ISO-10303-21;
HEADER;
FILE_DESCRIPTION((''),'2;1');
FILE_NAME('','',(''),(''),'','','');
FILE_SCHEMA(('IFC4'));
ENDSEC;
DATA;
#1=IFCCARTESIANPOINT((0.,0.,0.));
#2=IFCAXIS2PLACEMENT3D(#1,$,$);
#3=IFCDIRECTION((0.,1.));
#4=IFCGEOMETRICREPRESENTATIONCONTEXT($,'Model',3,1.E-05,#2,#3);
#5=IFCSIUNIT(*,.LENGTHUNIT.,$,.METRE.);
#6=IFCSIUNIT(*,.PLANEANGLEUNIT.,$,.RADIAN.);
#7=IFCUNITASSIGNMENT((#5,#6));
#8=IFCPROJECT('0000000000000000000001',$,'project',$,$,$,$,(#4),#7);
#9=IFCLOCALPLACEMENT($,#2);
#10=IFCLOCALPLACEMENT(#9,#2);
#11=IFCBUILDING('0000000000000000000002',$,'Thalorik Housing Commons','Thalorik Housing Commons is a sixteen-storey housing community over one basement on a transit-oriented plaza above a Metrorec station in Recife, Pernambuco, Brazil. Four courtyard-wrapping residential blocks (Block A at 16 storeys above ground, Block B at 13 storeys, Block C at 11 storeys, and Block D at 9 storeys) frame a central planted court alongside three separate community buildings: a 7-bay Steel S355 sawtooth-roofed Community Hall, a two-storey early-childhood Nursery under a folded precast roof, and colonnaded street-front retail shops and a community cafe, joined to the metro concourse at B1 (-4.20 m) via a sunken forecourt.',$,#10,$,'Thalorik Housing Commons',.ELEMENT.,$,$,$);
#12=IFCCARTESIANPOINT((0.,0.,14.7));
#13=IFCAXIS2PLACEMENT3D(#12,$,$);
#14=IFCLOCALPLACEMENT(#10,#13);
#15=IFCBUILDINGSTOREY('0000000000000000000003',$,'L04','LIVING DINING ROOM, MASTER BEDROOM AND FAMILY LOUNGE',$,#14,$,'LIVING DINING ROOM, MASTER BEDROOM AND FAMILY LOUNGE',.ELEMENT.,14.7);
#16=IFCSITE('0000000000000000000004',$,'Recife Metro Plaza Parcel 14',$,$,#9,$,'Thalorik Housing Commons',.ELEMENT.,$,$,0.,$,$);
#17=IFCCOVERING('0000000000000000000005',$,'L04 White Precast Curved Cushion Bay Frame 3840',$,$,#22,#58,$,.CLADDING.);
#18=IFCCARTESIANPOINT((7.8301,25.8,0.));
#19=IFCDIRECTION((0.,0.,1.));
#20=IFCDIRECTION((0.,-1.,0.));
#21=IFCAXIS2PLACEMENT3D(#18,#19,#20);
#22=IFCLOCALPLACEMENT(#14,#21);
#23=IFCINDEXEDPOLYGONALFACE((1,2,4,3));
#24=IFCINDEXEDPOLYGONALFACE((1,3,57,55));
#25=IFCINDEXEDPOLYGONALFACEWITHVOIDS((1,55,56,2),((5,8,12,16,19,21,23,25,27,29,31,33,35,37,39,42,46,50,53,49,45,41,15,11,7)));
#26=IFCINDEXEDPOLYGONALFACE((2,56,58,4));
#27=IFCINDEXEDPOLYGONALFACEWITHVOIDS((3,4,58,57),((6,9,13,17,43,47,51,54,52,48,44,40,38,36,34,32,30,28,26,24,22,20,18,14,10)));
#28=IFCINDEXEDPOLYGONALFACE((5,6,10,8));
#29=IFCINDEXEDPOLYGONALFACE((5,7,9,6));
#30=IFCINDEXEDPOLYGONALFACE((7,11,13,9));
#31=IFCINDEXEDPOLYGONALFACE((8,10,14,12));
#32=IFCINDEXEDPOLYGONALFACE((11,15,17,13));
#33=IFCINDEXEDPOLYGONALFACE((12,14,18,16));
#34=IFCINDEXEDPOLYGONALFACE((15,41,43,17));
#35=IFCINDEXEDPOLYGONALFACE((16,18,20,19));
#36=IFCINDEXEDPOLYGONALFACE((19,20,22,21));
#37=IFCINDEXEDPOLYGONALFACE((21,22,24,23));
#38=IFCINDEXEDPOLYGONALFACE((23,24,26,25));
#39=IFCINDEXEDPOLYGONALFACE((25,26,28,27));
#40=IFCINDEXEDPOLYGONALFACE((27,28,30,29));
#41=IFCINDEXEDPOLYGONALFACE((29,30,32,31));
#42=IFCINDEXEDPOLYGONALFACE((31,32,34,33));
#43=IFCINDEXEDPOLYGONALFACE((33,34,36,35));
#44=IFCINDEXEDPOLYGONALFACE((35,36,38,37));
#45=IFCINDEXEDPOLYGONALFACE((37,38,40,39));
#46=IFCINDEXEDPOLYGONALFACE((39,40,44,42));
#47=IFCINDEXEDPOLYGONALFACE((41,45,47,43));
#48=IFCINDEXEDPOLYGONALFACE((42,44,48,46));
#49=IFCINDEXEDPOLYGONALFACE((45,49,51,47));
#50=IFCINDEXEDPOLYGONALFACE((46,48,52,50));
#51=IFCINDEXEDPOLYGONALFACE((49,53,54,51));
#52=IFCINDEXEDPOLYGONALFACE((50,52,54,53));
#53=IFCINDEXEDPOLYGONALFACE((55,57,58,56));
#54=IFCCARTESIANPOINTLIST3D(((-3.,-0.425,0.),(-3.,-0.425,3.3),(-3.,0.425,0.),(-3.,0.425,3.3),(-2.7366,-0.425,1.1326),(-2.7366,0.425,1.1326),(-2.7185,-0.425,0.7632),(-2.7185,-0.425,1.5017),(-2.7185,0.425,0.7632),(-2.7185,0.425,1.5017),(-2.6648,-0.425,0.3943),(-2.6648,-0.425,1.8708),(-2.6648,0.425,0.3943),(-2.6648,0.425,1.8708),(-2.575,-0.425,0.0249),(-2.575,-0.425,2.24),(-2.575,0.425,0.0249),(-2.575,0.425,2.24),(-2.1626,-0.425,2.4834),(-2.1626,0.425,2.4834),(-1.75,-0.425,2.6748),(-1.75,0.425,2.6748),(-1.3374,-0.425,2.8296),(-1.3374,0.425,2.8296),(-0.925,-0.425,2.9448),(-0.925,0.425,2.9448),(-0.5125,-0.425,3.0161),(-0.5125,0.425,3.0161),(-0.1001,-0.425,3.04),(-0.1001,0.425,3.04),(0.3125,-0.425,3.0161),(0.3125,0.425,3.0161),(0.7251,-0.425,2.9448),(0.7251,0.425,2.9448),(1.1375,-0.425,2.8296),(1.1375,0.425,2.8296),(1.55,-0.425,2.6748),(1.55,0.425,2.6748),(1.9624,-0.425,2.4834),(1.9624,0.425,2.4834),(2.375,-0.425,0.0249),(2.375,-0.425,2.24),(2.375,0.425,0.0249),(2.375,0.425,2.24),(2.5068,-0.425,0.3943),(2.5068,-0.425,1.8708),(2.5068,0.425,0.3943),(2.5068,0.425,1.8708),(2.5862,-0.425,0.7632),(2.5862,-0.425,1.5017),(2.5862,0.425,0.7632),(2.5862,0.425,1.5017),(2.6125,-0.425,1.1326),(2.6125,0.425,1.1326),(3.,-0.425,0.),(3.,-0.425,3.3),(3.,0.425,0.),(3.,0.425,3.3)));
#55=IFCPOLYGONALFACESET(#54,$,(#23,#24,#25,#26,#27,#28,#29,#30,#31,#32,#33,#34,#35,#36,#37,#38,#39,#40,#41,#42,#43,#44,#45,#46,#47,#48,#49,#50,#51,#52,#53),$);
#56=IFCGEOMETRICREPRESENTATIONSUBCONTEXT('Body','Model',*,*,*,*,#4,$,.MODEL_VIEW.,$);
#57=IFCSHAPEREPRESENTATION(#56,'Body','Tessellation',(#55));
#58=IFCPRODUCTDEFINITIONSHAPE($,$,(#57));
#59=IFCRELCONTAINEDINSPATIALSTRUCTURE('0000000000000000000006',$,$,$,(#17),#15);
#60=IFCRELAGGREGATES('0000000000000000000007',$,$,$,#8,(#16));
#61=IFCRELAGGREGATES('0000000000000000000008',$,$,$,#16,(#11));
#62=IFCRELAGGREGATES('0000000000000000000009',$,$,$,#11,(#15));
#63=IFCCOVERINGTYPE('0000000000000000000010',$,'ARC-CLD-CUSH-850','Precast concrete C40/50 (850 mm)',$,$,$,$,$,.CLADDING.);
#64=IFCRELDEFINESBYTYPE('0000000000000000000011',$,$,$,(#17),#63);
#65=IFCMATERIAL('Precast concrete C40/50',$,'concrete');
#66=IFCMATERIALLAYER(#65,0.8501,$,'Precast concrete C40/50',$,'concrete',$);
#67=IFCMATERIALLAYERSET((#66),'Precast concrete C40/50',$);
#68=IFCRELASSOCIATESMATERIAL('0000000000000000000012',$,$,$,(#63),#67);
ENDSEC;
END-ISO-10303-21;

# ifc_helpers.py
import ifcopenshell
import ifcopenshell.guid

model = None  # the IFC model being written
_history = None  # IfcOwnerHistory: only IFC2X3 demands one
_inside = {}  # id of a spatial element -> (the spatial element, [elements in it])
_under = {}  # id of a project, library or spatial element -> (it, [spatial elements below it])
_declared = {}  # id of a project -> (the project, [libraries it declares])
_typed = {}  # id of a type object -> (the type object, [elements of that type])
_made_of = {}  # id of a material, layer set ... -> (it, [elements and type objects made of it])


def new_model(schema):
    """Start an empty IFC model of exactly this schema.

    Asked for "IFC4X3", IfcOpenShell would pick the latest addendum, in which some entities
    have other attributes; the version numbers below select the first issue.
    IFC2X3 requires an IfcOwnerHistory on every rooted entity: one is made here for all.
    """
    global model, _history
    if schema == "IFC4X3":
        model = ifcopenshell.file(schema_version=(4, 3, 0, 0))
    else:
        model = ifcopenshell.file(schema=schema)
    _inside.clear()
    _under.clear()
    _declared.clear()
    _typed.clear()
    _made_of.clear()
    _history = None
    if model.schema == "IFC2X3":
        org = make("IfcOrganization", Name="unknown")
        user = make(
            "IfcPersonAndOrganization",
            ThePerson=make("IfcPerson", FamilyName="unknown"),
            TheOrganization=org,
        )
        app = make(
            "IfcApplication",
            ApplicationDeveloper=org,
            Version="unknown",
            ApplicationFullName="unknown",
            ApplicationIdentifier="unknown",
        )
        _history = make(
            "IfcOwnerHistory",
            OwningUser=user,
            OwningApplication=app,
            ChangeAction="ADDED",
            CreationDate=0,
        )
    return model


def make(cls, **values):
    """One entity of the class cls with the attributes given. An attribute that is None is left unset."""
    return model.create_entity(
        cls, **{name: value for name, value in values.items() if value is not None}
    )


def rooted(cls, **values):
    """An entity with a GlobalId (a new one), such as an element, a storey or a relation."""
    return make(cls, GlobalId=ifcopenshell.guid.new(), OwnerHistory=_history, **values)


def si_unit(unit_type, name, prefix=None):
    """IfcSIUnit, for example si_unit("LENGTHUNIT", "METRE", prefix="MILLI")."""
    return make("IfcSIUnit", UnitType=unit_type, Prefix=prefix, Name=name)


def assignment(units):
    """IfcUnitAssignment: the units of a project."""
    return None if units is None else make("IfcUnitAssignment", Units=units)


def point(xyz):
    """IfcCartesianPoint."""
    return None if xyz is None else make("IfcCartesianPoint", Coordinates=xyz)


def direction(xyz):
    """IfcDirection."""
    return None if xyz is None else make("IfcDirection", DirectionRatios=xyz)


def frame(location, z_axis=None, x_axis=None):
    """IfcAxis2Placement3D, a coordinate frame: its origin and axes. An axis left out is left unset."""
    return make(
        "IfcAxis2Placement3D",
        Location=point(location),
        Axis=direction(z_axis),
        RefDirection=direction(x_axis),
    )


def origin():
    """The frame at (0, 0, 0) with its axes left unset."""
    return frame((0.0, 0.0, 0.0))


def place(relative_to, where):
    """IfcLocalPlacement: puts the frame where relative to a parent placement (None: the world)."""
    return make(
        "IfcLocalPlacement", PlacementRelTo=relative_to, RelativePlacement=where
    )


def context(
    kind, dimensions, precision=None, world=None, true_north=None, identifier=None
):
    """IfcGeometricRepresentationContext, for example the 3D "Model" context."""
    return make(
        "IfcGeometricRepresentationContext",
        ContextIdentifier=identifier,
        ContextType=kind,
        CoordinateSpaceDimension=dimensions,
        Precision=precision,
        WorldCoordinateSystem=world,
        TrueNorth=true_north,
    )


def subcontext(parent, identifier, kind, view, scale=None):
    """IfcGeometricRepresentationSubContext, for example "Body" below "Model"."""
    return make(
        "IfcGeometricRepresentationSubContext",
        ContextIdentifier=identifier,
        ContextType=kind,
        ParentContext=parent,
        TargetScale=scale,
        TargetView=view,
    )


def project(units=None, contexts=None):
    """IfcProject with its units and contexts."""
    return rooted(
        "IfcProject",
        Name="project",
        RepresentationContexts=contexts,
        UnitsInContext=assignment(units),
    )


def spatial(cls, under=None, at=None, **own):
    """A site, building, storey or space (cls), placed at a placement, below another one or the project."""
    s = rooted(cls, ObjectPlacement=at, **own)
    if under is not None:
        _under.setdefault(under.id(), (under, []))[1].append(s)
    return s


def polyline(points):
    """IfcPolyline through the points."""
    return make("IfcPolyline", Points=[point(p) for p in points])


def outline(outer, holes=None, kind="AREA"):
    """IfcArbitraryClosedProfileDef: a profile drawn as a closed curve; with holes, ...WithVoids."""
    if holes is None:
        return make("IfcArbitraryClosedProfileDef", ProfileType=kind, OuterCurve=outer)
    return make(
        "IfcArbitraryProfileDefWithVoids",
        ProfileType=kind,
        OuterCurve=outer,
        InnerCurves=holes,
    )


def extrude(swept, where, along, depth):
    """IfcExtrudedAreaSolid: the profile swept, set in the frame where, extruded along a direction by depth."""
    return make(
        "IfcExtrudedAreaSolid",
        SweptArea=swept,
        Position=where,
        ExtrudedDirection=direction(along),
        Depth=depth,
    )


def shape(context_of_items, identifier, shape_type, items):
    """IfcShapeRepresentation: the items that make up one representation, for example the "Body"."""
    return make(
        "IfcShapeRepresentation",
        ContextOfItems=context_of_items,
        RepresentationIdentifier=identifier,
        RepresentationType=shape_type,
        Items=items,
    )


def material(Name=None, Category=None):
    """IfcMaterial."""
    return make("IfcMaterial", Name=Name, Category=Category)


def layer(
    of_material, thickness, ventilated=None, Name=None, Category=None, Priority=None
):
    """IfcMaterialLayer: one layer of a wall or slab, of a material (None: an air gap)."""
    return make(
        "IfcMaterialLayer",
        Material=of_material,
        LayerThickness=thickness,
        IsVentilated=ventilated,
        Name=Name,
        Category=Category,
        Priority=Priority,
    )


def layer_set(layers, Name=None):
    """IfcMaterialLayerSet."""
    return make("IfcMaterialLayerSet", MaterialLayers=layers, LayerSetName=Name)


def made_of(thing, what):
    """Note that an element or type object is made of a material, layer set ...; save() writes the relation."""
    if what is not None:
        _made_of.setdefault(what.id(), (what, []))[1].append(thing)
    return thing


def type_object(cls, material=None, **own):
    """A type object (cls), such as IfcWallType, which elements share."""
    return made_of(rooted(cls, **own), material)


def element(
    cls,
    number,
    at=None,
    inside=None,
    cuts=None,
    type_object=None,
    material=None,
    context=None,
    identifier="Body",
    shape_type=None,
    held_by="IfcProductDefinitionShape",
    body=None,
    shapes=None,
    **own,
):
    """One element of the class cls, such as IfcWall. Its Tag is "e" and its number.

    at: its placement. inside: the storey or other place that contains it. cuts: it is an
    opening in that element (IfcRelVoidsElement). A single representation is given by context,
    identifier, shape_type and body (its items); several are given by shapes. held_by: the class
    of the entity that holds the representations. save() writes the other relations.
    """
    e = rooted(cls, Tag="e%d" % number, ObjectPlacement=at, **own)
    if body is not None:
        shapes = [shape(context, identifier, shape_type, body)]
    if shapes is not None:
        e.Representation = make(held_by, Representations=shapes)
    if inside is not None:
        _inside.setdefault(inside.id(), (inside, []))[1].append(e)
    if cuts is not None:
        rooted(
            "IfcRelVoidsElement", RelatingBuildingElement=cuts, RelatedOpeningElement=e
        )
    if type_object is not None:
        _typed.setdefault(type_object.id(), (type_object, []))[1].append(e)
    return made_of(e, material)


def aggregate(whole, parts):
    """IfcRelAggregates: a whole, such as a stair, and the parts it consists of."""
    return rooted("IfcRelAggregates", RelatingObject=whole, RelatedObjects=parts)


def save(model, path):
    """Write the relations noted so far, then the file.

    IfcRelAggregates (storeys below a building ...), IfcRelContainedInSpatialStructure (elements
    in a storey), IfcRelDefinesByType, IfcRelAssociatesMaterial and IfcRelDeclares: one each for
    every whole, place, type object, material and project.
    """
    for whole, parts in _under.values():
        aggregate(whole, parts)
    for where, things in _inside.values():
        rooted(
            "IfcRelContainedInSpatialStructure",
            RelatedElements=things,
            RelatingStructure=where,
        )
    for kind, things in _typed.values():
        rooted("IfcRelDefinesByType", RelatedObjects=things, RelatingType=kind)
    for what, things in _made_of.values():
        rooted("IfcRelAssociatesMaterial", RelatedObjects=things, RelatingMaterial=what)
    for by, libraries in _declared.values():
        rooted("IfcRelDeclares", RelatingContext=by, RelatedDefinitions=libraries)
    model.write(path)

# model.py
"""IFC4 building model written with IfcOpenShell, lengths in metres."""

from ifc_helpers import new_model, si_unit, direction, frame, origin, place, context, subcontext, project, spatial, polyline, outline, extrude, material, layer, layer_set, type_object, element, save


model = new_model("IFC4")

# Units and contexts
model_context = context("Model", 3, precision=1e-05, world=origin(), true_north=direction((0.0, 1.0)))
body_context = subcontext(model_context, "Body", "Model", "MODEL_VIEW")
ifc_project = project(units=[si_unit("LENGTHUNIT", "METRE"), si_unit("PLANEANGLEUNIT", "RADIAN")], contexts=[model_context])

# Site, building, storey
site_placement = place(None, origin())
site = spatial("IfcSite", under=ifc_project, at=site_placement, Name="Recife Metro Plaza Parcel 14", LongName="Thalorik Housing Commons", CompositionType="ELEMENT", RefElevation=0.0)
building_placement = place(site_placement, origin())
building = spatial("IfcBuilding", under=site, at=building_placement, Name="Thalorik Housing Commons", Description="Thalorik Housing Commons is a sixteen-storey housing community over one basement on a transit-oriented plaza above a Metrorec station in Recife, Pernambuco, Brazil. Four courtyard-wrapping residential blocks (Block A at 16 storeys above ground, Block B at 13 storeys, Block C at 11 storeys, and Block D at 9 storeys) frame a central planted court alongside three separate community buildings: a 7-bay Steel S355 sawtooth-roofed Community Hall, a two-storey early-childhood Nursery under a folded precast roof, and colonnaded street-front retail shops and a community cafe, joined to the metro concourse at B1 (-4.20 m) via a sunken forecourt.", LongName="Thalorik Housing Commons", CompositionType="ELEMENT")
storey_placement = place(building_placement, frame((0.0, 0.0, 14.7)))
storey = spatial("IfcBuildingStorey", under=building, at=storey_placement, Name="L04", Description="LIVING DINING ROOM, MASTER BEDROOM AND FAMILY LOUNGE", LongName="LIVING DINING ROOM, MASTER BEDROOM AND FAMILY LOUNGE", CompositionType="ELEMENT", Elevation=14.7)

# Shared definitions
ifc_material_1 = material(Name="Precast concrete C40/50", Category="concrete")

# Covering
ifc_layer_1 = layer(ifc_material_1, 0.8501, Name="Precast concrete C40/50", Category="concrete")
ifc_layer_set_1 = layer_set([ifc_layer_1], Name="Precast concrete C40/50")
covering_type = type_object("IfcCoveringType", Name="ARC-CLD-CUSH-850", Description="Precast concrete C40/50 (850 mm)", PredefinedType="CLADDING", material=ifc_layer_set_1)
covering_placement = place(storey_placement, frame((7.8301, 25.8, 0.0), z_axis=(0.0, 0.0, 1.0), x_axis=(0.0, -1.0, 0.0)))
element("IfcCovering", 1, at=covering_placement, inside=storey, type_object=covering_type, Name="L04 White Precast Curved Cushion Bay Frame 3840", PredefinedType="CLADDING", context=body_context, shape_type="SweptSolid", body=[
    extrude(outline(polyline([(-3.0, 0.0), (3.0, 0.0), (3.0, 3.3), (-3.0, 3.3), (-3.0, 0.0)]), holes=[polyline([(2.375, 0.0249), (2.5068, 0.3943), (2.5862, 0.7632), (2.6125, 1.1326), (2.5862, 1.5017), (2.5068, 1.8708), (2.375, 2.24), (1.9624, 2.4834), (1.55, 2.6748), (1.1375, 2.8296), (0.7251, 2.9448), (0.3125, 3.0161), (-0.1001, 3.04), (-0.5125, 3.0161), (-0.925, 2.9448), (-1.3374, 2.8296), (-1.75, 2.6748), (-2.1626, 2.4834), (-2.575, 2.24), (-2.6648, 1.8708), (-2.7185, 1.5017), (-2.7366, 1.1326), (-2.7185, 0.7632), (-2.6648, 0.3943), (-2.575, 0.0249), (2.375, 0.0249)])]), frame((0.0, 0.425, 0.0), z_axis=(0.0, -1.0, 0.0), x_axis=(1.0, 0.0, 0.0)), (0.0, 0.0, 1.0), 0.8501),
])

save(model, "model.ifc")
